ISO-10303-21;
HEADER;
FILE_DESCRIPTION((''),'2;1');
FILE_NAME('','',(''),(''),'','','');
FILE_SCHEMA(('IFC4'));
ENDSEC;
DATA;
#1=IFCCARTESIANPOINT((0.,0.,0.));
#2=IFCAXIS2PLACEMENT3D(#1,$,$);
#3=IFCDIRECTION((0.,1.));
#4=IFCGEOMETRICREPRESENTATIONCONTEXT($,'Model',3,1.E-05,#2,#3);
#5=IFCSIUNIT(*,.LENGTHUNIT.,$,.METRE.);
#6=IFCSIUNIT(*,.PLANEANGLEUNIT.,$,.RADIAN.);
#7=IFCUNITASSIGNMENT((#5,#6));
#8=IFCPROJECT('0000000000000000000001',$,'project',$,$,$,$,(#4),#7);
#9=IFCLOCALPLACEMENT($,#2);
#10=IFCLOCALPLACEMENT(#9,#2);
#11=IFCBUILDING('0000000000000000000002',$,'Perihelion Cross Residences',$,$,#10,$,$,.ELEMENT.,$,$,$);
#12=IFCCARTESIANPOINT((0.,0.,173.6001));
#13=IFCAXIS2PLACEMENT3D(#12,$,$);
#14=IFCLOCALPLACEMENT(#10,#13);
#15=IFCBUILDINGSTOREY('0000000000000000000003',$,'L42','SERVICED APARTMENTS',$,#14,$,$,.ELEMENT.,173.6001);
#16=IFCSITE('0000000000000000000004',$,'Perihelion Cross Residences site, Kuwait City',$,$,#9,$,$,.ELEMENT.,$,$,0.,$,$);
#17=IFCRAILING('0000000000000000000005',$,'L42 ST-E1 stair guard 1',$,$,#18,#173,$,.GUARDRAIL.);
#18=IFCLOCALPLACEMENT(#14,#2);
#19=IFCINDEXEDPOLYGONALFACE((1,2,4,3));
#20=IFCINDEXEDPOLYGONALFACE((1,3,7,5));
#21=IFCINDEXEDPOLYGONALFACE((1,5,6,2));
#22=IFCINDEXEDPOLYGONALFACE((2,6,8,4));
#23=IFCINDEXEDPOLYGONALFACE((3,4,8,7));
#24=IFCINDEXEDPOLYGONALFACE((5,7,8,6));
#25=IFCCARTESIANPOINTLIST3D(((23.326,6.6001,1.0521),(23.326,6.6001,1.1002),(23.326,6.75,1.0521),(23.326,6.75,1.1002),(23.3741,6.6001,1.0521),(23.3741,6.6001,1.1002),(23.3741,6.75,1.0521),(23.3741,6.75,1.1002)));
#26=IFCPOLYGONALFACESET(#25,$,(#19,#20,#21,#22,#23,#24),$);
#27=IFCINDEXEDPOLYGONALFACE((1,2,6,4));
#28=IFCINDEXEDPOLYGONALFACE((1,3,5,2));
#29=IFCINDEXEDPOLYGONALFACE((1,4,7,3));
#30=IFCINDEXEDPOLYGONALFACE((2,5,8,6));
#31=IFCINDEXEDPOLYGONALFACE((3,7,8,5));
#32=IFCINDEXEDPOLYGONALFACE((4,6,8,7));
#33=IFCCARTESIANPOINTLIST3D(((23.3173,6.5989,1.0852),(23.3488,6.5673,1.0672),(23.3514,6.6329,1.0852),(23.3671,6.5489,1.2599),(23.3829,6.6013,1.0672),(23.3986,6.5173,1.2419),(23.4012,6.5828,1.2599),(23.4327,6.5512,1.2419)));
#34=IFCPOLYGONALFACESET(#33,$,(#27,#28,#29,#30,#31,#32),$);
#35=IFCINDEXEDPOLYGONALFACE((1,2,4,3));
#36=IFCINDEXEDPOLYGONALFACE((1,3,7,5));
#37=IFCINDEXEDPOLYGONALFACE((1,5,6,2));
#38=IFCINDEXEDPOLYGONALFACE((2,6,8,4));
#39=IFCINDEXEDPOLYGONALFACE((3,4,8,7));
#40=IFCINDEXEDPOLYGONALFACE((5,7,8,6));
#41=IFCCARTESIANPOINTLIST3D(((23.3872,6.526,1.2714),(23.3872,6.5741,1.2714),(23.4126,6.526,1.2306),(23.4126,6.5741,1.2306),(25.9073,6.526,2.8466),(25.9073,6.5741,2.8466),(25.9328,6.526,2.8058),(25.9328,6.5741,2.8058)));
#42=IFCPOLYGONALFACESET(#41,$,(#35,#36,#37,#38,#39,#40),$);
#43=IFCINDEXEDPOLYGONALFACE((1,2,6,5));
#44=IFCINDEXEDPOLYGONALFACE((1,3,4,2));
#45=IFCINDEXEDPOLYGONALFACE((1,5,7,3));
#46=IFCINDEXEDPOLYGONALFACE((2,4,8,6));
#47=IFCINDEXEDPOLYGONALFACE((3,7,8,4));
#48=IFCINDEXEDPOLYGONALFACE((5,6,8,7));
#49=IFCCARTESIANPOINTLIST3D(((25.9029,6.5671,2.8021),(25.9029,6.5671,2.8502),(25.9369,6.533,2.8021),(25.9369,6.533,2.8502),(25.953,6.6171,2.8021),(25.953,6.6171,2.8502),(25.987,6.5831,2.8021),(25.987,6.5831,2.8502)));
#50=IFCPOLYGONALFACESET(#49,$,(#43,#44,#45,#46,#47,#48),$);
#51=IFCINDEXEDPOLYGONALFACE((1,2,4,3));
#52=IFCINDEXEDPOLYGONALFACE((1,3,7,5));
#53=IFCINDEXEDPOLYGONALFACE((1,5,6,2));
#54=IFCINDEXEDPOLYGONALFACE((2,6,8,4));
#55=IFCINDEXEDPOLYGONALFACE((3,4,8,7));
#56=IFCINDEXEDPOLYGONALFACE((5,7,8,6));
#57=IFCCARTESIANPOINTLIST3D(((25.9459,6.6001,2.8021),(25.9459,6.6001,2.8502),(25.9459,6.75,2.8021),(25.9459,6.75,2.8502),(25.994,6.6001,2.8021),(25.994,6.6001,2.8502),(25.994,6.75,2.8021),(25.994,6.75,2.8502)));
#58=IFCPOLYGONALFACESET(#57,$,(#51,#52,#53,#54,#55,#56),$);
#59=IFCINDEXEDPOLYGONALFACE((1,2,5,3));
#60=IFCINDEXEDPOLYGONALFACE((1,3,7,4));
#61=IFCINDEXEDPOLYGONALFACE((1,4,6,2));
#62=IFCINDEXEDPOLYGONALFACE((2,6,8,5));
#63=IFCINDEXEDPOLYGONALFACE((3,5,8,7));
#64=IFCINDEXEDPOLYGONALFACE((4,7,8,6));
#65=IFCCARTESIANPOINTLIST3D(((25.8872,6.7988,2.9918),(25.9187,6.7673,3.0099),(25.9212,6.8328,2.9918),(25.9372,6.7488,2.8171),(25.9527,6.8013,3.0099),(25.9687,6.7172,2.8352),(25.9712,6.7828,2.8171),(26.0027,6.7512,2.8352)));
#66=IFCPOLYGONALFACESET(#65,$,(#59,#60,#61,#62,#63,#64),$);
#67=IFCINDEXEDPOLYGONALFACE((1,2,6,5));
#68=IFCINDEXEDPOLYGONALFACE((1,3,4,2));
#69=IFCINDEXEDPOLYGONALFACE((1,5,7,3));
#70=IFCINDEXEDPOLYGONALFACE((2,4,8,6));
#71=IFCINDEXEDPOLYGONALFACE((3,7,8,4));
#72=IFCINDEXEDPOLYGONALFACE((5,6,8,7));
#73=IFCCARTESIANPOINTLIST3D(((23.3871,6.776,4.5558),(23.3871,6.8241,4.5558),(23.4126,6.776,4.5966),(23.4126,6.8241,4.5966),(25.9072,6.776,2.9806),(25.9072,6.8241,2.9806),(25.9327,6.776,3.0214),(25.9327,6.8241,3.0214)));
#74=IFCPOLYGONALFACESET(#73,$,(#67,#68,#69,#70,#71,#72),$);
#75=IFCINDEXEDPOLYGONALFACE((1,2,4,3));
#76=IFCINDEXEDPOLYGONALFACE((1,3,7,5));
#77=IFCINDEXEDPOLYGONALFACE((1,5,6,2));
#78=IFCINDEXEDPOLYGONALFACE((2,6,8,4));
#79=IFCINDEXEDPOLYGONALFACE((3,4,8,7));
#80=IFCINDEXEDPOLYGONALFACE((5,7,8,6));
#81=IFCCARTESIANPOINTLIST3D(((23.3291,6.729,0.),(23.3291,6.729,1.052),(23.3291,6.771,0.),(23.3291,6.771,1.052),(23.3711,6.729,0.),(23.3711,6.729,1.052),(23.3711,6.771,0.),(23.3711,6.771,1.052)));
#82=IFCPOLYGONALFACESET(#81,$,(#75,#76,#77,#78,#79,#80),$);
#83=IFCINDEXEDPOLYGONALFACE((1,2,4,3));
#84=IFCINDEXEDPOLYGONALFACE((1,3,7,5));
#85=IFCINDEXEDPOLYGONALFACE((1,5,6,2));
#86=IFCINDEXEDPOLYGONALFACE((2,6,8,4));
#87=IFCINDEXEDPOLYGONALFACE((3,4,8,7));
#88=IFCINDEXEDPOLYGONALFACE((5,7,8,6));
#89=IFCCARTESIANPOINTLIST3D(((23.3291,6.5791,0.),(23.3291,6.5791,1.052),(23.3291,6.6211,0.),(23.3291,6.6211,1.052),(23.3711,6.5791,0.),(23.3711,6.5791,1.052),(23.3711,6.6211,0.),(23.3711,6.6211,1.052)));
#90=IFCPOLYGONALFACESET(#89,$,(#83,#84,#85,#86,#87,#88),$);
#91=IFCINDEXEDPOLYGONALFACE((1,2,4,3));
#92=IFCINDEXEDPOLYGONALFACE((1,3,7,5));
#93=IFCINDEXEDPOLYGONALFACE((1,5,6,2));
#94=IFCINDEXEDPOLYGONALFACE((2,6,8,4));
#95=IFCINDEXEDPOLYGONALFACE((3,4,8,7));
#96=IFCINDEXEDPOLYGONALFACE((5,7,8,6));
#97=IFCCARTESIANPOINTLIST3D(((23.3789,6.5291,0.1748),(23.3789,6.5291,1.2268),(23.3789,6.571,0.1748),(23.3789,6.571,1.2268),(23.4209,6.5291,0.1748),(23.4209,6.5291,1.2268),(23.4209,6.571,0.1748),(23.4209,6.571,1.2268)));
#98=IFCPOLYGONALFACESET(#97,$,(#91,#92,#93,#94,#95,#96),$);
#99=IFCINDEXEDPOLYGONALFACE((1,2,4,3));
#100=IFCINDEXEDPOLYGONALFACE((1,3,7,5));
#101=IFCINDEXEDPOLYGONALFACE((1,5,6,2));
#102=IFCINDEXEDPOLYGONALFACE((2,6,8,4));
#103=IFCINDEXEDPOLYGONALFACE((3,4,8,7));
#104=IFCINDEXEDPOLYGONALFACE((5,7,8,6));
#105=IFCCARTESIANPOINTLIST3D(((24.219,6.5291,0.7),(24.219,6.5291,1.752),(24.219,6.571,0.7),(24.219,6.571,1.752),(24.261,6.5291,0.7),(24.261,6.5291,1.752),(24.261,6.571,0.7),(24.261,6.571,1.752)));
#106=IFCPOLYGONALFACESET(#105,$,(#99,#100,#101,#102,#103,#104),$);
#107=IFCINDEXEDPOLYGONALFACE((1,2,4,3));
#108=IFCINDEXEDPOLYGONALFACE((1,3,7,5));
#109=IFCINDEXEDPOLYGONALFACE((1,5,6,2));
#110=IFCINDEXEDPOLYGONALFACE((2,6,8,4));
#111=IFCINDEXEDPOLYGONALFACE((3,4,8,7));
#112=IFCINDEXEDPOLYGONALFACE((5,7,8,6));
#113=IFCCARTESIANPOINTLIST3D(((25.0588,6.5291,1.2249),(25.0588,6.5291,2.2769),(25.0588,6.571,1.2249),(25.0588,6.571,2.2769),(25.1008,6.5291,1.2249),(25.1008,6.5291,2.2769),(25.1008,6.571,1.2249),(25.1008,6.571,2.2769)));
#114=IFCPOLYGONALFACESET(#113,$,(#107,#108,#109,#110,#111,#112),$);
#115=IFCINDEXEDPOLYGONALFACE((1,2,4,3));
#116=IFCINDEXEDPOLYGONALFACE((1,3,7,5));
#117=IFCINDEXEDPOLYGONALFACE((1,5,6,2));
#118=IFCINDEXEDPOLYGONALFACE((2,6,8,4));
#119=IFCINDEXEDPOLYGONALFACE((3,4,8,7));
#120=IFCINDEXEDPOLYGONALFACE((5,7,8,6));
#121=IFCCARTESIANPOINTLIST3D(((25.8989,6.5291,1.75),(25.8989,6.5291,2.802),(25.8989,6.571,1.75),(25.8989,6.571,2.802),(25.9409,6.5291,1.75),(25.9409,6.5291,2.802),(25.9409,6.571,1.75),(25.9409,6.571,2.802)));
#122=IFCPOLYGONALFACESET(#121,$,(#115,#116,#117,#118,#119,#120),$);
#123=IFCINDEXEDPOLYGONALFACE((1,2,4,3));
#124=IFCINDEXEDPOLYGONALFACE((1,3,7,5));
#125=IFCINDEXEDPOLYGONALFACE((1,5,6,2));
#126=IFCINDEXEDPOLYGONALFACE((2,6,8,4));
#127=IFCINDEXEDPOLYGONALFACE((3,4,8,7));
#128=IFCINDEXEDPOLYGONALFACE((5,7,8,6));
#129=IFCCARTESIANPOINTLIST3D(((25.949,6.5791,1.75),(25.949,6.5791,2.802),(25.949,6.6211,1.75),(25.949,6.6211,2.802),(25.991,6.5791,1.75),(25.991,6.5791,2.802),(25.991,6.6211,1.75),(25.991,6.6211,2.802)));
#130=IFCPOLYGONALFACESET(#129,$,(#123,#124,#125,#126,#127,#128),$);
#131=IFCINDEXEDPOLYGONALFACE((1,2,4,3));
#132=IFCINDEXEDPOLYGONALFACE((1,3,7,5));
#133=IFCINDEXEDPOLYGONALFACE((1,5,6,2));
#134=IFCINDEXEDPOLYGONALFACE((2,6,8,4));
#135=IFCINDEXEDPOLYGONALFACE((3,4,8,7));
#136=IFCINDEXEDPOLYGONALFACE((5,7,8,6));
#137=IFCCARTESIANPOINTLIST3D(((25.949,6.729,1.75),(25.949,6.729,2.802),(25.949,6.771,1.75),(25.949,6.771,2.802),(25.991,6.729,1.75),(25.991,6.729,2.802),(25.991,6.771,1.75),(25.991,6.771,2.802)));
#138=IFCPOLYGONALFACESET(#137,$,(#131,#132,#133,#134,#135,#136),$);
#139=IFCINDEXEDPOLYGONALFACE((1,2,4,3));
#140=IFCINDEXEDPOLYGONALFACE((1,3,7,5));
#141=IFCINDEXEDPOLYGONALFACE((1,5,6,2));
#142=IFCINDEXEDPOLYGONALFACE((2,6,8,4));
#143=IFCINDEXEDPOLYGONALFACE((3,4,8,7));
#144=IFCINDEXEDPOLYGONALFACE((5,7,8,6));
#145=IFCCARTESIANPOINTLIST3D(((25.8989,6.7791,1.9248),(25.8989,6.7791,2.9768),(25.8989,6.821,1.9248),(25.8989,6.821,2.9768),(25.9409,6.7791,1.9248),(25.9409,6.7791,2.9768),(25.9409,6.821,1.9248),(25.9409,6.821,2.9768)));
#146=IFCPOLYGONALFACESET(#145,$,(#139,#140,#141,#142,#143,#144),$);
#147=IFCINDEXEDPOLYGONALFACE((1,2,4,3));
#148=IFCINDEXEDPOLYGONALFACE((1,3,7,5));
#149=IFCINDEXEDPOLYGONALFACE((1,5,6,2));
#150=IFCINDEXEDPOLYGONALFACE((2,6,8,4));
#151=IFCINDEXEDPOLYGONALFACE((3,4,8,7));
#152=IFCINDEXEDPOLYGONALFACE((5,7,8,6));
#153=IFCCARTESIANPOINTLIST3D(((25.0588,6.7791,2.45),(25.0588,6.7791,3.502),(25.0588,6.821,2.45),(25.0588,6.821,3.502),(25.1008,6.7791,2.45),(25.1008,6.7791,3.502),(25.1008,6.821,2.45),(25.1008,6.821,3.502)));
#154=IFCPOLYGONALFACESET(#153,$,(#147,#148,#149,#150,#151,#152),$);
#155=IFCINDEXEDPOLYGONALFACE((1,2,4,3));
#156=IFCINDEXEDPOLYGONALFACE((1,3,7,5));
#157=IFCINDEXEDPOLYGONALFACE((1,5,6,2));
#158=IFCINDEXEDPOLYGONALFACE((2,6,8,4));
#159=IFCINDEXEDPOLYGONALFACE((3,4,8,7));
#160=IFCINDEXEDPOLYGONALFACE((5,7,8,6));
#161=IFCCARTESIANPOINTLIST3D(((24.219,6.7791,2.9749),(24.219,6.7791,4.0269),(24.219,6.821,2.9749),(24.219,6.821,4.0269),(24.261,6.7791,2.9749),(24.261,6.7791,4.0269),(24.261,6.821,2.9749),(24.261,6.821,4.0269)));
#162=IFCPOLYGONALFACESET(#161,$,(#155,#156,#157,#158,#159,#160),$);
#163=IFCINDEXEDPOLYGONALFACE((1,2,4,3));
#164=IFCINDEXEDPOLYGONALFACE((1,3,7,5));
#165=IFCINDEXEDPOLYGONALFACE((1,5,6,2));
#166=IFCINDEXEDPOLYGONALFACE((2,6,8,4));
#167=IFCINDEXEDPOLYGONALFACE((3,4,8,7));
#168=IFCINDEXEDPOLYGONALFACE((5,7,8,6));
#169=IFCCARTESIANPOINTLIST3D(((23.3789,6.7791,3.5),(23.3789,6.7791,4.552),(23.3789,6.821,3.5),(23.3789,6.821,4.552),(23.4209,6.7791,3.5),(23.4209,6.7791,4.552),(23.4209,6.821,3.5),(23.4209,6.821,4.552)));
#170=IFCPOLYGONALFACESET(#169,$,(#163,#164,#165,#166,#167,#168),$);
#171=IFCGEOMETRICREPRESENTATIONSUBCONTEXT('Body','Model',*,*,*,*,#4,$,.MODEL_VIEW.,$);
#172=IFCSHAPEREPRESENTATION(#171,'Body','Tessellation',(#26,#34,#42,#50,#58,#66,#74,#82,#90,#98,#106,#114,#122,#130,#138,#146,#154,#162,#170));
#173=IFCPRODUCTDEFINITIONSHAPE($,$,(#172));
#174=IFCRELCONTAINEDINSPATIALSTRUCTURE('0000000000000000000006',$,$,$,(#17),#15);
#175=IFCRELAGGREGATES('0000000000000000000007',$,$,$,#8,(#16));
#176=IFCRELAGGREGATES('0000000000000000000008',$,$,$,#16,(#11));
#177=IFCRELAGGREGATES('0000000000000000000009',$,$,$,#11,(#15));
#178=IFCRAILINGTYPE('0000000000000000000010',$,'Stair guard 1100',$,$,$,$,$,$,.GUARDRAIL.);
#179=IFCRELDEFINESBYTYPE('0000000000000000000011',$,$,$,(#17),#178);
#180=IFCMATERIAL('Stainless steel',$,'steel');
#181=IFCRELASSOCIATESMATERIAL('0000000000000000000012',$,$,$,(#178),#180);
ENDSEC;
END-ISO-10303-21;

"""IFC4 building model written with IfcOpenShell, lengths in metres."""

from ifc_helpers import new_model, si_unit, direction, frame, origin, origin_2d, place, context, subcontext, project, spatial, rectangle, extrude, material, type_object, element, save


model = new_model("IFC4")

# Units and contexts
model_context = context("Model", 3, precision=1e-05, world=origin(), true_north=direction((0.0, 1.0)))
body_context = subcontext(model_context, "Body", "Model", "MODEL_VIEW")
ifc_project = project(units=[si_unit("LENGTHUNIT", "METRE"), si_unit("PLANEANGLEUNIT", "RADIAN")], contexts=[model_context])

# Site, building, storey
site_placement = place(None, origin())
site = spatial("IfcSite", under=ifc_project, at=site_placement, Name="Perihelion Cross Residences site, Kuwait City", CompositionType="ELEMENT", RefElevation=0.0)
building_placement = place(site_placement, origin())
building = spatial("IfcBuilding", under=site, at=building_placement, Name="Perihelion Cross Residences", CompositionType="ELEMENT")
storey_placement = place(building_placement, frame((0.0, 0.0, 173.6001)))
storey = spatial("IfcBuildingStorey", under=building, at=storey_placement, Name="L42", Description="SERVICED APARTMENTS", CompositionType="ELEMENT", Elevation=173.6001)

# Railing
ifc_material_1 = material(Name="Stainless steel", Category="steel")
railing_type_1 = type_object("IfcRailingType", Name="Stair guard 1100", PredefinedType="GUARDRAIL", material=ifc_material_1)
railing_1_placement = place(storey_placement, frame((23.3501, 6.75, 0.0)))
element("IfcRailing", 1, at=railing_1_placement, inside=storey, type_object=railing_type_1, Name="L42 ST-E1 stair guard 1", PredefinedType="GUARDRAIL", context=body_context, shape_type="SweptSolid", body=[
    extrude(rectangle(XDim=0.0481, YDim=0.0481, at=origin_2d()), frame((0.0, 0.0, 1.0762), z_axis=(0.0, -1.0, 0.0), x_axis=(1.0, 0.0, 0.0)), (0.0, 0.0, 1.0), 0.1499),
    extrude(rectangle(XDim=0.0481, YDim=0.0481, at=origin_2d()), frame((0.0, -0.1499, 1.0762), z_axis=(0.264179, -0.265474, 0.927218), x_axis=(0.708834, 0.705376, 0.0)), (0.0, 0.0, 1.0), 0.1885),
    extrude(rectangle(XDim=0.0481, YDim=0.0481, at=origin_2d()), frame((0.0498, -0.2, 1.251), z_axis=(0.847971, 0.0, 0.530043), x_axis=(0.0, 1.0, 0.0)), (0.0, 0.0, 1.0), 2.9719),
    extrude(rectangle(XDim=0.0481, YDim=0.0481, at=origin_2d()), frame((2.5698, -0.2, 2.8262), z_axis=(0.707107, 0.707107, 0.0), x_axis=(-0.707107, 0.707107, 0.0)), (0.0, 0.0, 1.0), 0.0708),
    extrude(rectangle(XDim=0.0481, YDim=0.0481, at=origin_2d()), frame((2.6199, -0.1499, 2.8262), z_axis=(0.0, 1.0, 0.0), x_axis=(-1.0, 0.0, 0.0)), (0.0, 0.0, 1.0), 0.1499),
    extrude(rectangle(XDim=0.0481, YDim=0.0481, at=origin_2d()), frame((2.6199, 0.0, 2.8262), z_axis=(-0.265383, 0.265383, 0.9269), x_axis=(-0.707107, -0.707107, 0.0)), (0.0, 0.0, 1.0), 0.1885),
    extrude(rectangle(XDim=0.0481, YDim=0.0481, at=origin_2d()), frame((2.5698, 0.05, 3.001), z_axis=(-0.847971, 0.0, 0.530043), x_axis=(0.0, -1.0, 0.0)), (0.0, 0.0, 1.0), 2.9719),
    extrude(rectangle(XDim=0.042, YDim=0.042, at=origin_2d()), origin(), (0.0, 0.0, 1.0), 1.052),
    extrude(rectangle(XDim=0.042, YDim=0.042, at=origin_2d()), frame((0.0, -0.1499, 0.0)), (0.0, 0.0, 1.0), 1.052),
    extrude(rectangle(XDim=0.042, YDim=0.042, at=origin_2d()), frame((0.0498, -0.2, 0.1748)), (0.0, 0.0, 1.0), 1.052),
    extrude(rectangle(XDim=0.042, YDim=0.042, at=origin_2d()), frame((0.8899, -0.2, 0.7)), (0.0, 0.0, 1.0), 1.052),
    extrude(rectangle(XDim=0.042, YDim=0.042, at=origin_2d()), frame((1.7297, -0.2, 1.2249)), (0.0, 0.0, 1.0), 1.052),
    extrude(rectangle(XDim=0.042, YDim=0.042, at=origin_2d()), frame((2.5698, -0.2, 1.75)), (0.0, 0.0, 1.0), 1.052),
    extrude(rectangle(XDim=0.042, YDim=0.042, at=origin_2d()), frame((2.6199, -0.1499, 1.75)), (0.0, 0.0, 1.0), 1.052),
    extrude(rectangle(XDim=0.042, YDim=0.042, at=origin_2d()), frame((2.6199, 0.0, 1.75)), (0.0, 0.0, 1.0), 1.052),
    extrude(rectangle(XDim=0.042, YDim=0.042, at=origin_2d()), frame((2.5698, 0.05, 1.9248)), (0.0, 0.0, 1.0), 1.052),
    extrude(rectangle(XDim=0.042, YDim=0.042, at=origin_2d()), frame((1.7297, 0.05, 2.45)), (0.0, 0.0, 1.0), 1.052),
    extrude(rectangle(XDim=0.042, YDim=0.042, at=origin_2d()), frame((0.8899, 0.05, 2.9749)), (0.0, 0.0, 1.0), 1.052),
    extrude(rectangle(XDim=0.042, YDim=0.042, at=origin_2d()), frame((0.0498, 0.05, 3.5)), (0.0, 0.0, 1.0), 1.052),
])

save(model, "model.ifc")
